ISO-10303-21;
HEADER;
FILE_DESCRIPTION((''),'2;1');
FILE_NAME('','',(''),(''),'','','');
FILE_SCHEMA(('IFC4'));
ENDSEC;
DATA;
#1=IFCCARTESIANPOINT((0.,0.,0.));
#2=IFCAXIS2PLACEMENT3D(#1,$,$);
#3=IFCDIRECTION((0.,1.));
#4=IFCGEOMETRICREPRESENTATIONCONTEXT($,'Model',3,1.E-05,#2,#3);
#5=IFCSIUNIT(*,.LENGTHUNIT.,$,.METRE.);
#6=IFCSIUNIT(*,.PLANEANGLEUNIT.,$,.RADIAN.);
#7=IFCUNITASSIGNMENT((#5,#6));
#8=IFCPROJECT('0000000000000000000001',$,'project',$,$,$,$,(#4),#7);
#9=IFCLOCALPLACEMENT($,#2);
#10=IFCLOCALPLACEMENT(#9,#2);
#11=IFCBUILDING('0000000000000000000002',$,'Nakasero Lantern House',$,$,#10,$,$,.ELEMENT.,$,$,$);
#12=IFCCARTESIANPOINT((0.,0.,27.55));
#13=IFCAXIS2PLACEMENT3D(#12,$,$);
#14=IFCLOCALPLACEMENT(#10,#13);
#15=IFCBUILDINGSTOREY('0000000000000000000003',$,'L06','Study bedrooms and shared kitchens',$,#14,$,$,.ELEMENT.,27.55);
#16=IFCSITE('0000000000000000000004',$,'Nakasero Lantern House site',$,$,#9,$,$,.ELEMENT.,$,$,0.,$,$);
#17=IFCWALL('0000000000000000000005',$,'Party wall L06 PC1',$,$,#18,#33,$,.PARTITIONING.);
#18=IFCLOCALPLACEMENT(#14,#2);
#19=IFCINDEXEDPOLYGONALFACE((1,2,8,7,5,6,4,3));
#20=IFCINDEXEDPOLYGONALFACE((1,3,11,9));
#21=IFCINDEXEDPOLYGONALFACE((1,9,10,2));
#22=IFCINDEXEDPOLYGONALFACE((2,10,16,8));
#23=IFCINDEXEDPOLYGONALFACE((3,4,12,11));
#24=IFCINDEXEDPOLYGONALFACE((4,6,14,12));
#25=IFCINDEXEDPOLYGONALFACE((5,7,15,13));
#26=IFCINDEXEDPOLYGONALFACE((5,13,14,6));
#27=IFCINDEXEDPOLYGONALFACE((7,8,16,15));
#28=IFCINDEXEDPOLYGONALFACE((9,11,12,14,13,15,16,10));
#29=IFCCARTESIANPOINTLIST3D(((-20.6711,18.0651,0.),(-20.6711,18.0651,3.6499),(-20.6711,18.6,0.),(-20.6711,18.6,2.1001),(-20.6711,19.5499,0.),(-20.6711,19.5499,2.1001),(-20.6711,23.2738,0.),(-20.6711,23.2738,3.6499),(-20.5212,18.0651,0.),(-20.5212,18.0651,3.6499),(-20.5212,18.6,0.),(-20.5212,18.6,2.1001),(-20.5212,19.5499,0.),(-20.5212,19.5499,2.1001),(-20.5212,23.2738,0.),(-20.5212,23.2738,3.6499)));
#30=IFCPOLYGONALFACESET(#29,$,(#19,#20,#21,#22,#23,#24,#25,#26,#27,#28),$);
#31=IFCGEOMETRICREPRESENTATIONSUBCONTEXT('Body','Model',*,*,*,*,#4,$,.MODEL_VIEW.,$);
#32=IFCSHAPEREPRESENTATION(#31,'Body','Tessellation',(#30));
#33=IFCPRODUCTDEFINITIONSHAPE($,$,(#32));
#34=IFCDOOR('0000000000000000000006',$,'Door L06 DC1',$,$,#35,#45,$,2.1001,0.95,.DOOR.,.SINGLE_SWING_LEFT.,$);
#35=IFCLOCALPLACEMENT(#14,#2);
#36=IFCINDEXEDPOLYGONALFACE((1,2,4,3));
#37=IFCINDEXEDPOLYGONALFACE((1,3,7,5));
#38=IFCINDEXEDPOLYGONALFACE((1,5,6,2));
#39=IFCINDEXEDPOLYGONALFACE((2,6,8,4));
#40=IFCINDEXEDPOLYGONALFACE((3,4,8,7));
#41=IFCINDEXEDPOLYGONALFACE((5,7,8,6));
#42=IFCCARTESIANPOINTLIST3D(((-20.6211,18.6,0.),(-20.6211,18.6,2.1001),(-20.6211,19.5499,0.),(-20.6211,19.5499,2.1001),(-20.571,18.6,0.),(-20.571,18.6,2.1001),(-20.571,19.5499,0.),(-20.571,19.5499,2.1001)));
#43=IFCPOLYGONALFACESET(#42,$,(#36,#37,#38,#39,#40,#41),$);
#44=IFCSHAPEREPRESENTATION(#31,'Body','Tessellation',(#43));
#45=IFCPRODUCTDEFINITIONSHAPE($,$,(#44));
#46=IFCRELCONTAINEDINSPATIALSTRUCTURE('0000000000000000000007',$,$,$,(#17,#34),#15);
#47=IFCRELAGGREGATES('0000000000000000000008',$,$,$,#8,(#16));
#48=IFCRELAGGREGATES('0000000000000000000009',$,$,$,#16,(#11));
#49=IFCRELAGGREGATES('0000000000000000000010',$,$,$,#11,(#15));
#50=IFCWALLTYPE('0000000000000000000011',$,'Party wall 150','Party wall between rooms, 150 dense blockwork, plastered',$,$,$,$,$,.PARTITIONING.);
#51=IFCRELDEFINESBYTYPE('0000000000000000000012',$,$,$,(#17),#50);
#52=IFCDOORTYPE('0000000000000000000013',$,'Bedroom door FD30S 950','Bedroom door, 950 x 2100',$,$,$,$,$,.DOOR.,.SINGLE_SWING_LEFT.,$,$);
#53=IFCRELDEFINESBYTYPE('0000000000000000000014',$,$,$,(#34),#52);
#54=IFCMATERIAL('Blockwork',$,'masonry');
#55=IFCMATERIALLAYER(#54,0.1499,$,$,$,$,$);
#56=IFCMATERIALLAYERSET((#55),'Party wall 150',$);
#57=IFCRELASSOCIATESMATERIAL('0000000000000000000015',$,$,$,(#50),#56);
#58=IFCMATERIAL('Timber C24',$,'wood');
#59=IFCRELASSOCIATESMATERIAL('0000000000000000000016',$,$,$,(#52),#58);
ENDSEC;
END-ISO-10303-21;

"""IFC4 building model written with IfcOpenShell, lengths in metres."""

from ifc_helpers import new_model, si_unit, direction, frame, frame_2d, origin, place, context, subcontext, project, spatial, rectangle, extrude, material, layer, layer_set, type_object, element, fill, save


model = new_model("IFC4")

# Units and contexts
model_context = context("Model", 3, precision=1e-05, world=origin(), true_north=direction((0.0, 1.0)))
body_context = subcontext(model_context, "Body", "Model", "MODEL_VIEW")
ifc_project = project(units=[si_unit("LENGTHUNIT", "METRE"), si_unit("PLANEANGLEUNIT", "RADIAN")], contexts=[model_context])

# Site, building, storey
site_placement = place(None, origin())
site = spatial("IfcSite", under=ifc_project, at=site_placement, Name="Nakasero Lantern House site", CompositionType="ELEMENT", RefElevation=0.0)
building_placement = place(site_placement, origin())
building = spatial("IfcBuilding", under=site, at=building_placement, Name="Nakasero Lantern House", CompositionType="ELEMENT")
storey_placement = place(building_placement, frame((0.0, 0.0, 27.55)))
storey = spatial("IfcBuildingStorey", under=building, at=storey_placement, Name="L06", Description="Study bedrooms and shared kitchens", CompositionType="ELEMENT", Elevation=27.55)

# Wall, opening, door
ifc_material_1 = material(Name="Blockwork", Category="masonry")
ifc_layer_1 = layer(ifc_material_1, 0.1499)
ifc_layer_set_1 = layer_set([ifc_layer_1], Name="Party wall 150")
wall_type_1 = type_object("IfcWallType", Name="Party wall 150", Description="Party wall between rooms, 150 dense blockwork, plastered", PredefinedType="PARTITIONING", material=ifc_layer_set_1)
wall_1_placement = place(storey_placement, frame((-20.5962, 18.0649, 0.0), z_axis=(0.0, 0.0, 1.0), x_axis=(0.0, 1.0, 0.0)))
wall_1 = element("IfcWall", 1, at=wall_1_placement, inside=storey, type_object=wall_type_1, Name="Party wall L06 PC1", PredefinedType="PARTITIONING", context=body_context, shape_type="SweptSolid", body=[
    extrude(rectangle(XDim=5.2087, YDim=0.1499, at=frame_2d((2.6045, 0.0))), origin(), (0.0, 0.0, 1.0), 3.6499),
])
opening_1_placement = place(wall_1_placement, frame((0.5349, 0.0, 0.0)))
opening_1 = element("IfcOpeningElement", 2, at=opening_1_placement, cuts=wall_1, PredefinedType="OPENING", context=body_context, shape_type="SweptSolid", body=[
    extrude(rectangle(XDim=0.95, YDim=2.1001, at=frame_2d((0.4751, 1.05))), frame((0.0, 0.095, 0.0), z_axis=(0.0, -1.0, 0.0), x_axis=(1.0, 0.0, 0.0)), (0.0, 0.0, 1.0), 0.1899),
])
ifc_material_2 = material(Name="Timber C24", Category="wood")
door_type_1 = type_object("IfcDoorType", Name="Bedroom door FD30S 950", Description="Bedroom door, 950 x 2100", OperationType="SINGLE_SWING_LEFT", PredefinedType="DOOR", material=ifc_material_2)
door_1_placement = place(opening_1_placement, origin())
door_1 = element("IfcDoor", 3, at=door_1_placement, inside=storey, type_object=door_type_1, Name="Door L06 DC1", OperationType="SINGLE_SWING_LEFT", OverallHeight=2.1001, OverallWidth=0.95, PredefinedType="DOOR", context=body_context, shape_type="SweptSolid", body=[
    extrude(rectangle(XDim=0.95, YDim=2.1001, at=frame_2d((0.4751, 1.05))), frame((0.0, 0.0249, 0.0), z_axis=(0.0, -1.0, 0.0), x_axis=(1.0, 0.0, 0.0)), (0.0, 0.0, 1.0), 0.05),
])
fill(opening_1, door_1)

save(model, "model.ifc")
